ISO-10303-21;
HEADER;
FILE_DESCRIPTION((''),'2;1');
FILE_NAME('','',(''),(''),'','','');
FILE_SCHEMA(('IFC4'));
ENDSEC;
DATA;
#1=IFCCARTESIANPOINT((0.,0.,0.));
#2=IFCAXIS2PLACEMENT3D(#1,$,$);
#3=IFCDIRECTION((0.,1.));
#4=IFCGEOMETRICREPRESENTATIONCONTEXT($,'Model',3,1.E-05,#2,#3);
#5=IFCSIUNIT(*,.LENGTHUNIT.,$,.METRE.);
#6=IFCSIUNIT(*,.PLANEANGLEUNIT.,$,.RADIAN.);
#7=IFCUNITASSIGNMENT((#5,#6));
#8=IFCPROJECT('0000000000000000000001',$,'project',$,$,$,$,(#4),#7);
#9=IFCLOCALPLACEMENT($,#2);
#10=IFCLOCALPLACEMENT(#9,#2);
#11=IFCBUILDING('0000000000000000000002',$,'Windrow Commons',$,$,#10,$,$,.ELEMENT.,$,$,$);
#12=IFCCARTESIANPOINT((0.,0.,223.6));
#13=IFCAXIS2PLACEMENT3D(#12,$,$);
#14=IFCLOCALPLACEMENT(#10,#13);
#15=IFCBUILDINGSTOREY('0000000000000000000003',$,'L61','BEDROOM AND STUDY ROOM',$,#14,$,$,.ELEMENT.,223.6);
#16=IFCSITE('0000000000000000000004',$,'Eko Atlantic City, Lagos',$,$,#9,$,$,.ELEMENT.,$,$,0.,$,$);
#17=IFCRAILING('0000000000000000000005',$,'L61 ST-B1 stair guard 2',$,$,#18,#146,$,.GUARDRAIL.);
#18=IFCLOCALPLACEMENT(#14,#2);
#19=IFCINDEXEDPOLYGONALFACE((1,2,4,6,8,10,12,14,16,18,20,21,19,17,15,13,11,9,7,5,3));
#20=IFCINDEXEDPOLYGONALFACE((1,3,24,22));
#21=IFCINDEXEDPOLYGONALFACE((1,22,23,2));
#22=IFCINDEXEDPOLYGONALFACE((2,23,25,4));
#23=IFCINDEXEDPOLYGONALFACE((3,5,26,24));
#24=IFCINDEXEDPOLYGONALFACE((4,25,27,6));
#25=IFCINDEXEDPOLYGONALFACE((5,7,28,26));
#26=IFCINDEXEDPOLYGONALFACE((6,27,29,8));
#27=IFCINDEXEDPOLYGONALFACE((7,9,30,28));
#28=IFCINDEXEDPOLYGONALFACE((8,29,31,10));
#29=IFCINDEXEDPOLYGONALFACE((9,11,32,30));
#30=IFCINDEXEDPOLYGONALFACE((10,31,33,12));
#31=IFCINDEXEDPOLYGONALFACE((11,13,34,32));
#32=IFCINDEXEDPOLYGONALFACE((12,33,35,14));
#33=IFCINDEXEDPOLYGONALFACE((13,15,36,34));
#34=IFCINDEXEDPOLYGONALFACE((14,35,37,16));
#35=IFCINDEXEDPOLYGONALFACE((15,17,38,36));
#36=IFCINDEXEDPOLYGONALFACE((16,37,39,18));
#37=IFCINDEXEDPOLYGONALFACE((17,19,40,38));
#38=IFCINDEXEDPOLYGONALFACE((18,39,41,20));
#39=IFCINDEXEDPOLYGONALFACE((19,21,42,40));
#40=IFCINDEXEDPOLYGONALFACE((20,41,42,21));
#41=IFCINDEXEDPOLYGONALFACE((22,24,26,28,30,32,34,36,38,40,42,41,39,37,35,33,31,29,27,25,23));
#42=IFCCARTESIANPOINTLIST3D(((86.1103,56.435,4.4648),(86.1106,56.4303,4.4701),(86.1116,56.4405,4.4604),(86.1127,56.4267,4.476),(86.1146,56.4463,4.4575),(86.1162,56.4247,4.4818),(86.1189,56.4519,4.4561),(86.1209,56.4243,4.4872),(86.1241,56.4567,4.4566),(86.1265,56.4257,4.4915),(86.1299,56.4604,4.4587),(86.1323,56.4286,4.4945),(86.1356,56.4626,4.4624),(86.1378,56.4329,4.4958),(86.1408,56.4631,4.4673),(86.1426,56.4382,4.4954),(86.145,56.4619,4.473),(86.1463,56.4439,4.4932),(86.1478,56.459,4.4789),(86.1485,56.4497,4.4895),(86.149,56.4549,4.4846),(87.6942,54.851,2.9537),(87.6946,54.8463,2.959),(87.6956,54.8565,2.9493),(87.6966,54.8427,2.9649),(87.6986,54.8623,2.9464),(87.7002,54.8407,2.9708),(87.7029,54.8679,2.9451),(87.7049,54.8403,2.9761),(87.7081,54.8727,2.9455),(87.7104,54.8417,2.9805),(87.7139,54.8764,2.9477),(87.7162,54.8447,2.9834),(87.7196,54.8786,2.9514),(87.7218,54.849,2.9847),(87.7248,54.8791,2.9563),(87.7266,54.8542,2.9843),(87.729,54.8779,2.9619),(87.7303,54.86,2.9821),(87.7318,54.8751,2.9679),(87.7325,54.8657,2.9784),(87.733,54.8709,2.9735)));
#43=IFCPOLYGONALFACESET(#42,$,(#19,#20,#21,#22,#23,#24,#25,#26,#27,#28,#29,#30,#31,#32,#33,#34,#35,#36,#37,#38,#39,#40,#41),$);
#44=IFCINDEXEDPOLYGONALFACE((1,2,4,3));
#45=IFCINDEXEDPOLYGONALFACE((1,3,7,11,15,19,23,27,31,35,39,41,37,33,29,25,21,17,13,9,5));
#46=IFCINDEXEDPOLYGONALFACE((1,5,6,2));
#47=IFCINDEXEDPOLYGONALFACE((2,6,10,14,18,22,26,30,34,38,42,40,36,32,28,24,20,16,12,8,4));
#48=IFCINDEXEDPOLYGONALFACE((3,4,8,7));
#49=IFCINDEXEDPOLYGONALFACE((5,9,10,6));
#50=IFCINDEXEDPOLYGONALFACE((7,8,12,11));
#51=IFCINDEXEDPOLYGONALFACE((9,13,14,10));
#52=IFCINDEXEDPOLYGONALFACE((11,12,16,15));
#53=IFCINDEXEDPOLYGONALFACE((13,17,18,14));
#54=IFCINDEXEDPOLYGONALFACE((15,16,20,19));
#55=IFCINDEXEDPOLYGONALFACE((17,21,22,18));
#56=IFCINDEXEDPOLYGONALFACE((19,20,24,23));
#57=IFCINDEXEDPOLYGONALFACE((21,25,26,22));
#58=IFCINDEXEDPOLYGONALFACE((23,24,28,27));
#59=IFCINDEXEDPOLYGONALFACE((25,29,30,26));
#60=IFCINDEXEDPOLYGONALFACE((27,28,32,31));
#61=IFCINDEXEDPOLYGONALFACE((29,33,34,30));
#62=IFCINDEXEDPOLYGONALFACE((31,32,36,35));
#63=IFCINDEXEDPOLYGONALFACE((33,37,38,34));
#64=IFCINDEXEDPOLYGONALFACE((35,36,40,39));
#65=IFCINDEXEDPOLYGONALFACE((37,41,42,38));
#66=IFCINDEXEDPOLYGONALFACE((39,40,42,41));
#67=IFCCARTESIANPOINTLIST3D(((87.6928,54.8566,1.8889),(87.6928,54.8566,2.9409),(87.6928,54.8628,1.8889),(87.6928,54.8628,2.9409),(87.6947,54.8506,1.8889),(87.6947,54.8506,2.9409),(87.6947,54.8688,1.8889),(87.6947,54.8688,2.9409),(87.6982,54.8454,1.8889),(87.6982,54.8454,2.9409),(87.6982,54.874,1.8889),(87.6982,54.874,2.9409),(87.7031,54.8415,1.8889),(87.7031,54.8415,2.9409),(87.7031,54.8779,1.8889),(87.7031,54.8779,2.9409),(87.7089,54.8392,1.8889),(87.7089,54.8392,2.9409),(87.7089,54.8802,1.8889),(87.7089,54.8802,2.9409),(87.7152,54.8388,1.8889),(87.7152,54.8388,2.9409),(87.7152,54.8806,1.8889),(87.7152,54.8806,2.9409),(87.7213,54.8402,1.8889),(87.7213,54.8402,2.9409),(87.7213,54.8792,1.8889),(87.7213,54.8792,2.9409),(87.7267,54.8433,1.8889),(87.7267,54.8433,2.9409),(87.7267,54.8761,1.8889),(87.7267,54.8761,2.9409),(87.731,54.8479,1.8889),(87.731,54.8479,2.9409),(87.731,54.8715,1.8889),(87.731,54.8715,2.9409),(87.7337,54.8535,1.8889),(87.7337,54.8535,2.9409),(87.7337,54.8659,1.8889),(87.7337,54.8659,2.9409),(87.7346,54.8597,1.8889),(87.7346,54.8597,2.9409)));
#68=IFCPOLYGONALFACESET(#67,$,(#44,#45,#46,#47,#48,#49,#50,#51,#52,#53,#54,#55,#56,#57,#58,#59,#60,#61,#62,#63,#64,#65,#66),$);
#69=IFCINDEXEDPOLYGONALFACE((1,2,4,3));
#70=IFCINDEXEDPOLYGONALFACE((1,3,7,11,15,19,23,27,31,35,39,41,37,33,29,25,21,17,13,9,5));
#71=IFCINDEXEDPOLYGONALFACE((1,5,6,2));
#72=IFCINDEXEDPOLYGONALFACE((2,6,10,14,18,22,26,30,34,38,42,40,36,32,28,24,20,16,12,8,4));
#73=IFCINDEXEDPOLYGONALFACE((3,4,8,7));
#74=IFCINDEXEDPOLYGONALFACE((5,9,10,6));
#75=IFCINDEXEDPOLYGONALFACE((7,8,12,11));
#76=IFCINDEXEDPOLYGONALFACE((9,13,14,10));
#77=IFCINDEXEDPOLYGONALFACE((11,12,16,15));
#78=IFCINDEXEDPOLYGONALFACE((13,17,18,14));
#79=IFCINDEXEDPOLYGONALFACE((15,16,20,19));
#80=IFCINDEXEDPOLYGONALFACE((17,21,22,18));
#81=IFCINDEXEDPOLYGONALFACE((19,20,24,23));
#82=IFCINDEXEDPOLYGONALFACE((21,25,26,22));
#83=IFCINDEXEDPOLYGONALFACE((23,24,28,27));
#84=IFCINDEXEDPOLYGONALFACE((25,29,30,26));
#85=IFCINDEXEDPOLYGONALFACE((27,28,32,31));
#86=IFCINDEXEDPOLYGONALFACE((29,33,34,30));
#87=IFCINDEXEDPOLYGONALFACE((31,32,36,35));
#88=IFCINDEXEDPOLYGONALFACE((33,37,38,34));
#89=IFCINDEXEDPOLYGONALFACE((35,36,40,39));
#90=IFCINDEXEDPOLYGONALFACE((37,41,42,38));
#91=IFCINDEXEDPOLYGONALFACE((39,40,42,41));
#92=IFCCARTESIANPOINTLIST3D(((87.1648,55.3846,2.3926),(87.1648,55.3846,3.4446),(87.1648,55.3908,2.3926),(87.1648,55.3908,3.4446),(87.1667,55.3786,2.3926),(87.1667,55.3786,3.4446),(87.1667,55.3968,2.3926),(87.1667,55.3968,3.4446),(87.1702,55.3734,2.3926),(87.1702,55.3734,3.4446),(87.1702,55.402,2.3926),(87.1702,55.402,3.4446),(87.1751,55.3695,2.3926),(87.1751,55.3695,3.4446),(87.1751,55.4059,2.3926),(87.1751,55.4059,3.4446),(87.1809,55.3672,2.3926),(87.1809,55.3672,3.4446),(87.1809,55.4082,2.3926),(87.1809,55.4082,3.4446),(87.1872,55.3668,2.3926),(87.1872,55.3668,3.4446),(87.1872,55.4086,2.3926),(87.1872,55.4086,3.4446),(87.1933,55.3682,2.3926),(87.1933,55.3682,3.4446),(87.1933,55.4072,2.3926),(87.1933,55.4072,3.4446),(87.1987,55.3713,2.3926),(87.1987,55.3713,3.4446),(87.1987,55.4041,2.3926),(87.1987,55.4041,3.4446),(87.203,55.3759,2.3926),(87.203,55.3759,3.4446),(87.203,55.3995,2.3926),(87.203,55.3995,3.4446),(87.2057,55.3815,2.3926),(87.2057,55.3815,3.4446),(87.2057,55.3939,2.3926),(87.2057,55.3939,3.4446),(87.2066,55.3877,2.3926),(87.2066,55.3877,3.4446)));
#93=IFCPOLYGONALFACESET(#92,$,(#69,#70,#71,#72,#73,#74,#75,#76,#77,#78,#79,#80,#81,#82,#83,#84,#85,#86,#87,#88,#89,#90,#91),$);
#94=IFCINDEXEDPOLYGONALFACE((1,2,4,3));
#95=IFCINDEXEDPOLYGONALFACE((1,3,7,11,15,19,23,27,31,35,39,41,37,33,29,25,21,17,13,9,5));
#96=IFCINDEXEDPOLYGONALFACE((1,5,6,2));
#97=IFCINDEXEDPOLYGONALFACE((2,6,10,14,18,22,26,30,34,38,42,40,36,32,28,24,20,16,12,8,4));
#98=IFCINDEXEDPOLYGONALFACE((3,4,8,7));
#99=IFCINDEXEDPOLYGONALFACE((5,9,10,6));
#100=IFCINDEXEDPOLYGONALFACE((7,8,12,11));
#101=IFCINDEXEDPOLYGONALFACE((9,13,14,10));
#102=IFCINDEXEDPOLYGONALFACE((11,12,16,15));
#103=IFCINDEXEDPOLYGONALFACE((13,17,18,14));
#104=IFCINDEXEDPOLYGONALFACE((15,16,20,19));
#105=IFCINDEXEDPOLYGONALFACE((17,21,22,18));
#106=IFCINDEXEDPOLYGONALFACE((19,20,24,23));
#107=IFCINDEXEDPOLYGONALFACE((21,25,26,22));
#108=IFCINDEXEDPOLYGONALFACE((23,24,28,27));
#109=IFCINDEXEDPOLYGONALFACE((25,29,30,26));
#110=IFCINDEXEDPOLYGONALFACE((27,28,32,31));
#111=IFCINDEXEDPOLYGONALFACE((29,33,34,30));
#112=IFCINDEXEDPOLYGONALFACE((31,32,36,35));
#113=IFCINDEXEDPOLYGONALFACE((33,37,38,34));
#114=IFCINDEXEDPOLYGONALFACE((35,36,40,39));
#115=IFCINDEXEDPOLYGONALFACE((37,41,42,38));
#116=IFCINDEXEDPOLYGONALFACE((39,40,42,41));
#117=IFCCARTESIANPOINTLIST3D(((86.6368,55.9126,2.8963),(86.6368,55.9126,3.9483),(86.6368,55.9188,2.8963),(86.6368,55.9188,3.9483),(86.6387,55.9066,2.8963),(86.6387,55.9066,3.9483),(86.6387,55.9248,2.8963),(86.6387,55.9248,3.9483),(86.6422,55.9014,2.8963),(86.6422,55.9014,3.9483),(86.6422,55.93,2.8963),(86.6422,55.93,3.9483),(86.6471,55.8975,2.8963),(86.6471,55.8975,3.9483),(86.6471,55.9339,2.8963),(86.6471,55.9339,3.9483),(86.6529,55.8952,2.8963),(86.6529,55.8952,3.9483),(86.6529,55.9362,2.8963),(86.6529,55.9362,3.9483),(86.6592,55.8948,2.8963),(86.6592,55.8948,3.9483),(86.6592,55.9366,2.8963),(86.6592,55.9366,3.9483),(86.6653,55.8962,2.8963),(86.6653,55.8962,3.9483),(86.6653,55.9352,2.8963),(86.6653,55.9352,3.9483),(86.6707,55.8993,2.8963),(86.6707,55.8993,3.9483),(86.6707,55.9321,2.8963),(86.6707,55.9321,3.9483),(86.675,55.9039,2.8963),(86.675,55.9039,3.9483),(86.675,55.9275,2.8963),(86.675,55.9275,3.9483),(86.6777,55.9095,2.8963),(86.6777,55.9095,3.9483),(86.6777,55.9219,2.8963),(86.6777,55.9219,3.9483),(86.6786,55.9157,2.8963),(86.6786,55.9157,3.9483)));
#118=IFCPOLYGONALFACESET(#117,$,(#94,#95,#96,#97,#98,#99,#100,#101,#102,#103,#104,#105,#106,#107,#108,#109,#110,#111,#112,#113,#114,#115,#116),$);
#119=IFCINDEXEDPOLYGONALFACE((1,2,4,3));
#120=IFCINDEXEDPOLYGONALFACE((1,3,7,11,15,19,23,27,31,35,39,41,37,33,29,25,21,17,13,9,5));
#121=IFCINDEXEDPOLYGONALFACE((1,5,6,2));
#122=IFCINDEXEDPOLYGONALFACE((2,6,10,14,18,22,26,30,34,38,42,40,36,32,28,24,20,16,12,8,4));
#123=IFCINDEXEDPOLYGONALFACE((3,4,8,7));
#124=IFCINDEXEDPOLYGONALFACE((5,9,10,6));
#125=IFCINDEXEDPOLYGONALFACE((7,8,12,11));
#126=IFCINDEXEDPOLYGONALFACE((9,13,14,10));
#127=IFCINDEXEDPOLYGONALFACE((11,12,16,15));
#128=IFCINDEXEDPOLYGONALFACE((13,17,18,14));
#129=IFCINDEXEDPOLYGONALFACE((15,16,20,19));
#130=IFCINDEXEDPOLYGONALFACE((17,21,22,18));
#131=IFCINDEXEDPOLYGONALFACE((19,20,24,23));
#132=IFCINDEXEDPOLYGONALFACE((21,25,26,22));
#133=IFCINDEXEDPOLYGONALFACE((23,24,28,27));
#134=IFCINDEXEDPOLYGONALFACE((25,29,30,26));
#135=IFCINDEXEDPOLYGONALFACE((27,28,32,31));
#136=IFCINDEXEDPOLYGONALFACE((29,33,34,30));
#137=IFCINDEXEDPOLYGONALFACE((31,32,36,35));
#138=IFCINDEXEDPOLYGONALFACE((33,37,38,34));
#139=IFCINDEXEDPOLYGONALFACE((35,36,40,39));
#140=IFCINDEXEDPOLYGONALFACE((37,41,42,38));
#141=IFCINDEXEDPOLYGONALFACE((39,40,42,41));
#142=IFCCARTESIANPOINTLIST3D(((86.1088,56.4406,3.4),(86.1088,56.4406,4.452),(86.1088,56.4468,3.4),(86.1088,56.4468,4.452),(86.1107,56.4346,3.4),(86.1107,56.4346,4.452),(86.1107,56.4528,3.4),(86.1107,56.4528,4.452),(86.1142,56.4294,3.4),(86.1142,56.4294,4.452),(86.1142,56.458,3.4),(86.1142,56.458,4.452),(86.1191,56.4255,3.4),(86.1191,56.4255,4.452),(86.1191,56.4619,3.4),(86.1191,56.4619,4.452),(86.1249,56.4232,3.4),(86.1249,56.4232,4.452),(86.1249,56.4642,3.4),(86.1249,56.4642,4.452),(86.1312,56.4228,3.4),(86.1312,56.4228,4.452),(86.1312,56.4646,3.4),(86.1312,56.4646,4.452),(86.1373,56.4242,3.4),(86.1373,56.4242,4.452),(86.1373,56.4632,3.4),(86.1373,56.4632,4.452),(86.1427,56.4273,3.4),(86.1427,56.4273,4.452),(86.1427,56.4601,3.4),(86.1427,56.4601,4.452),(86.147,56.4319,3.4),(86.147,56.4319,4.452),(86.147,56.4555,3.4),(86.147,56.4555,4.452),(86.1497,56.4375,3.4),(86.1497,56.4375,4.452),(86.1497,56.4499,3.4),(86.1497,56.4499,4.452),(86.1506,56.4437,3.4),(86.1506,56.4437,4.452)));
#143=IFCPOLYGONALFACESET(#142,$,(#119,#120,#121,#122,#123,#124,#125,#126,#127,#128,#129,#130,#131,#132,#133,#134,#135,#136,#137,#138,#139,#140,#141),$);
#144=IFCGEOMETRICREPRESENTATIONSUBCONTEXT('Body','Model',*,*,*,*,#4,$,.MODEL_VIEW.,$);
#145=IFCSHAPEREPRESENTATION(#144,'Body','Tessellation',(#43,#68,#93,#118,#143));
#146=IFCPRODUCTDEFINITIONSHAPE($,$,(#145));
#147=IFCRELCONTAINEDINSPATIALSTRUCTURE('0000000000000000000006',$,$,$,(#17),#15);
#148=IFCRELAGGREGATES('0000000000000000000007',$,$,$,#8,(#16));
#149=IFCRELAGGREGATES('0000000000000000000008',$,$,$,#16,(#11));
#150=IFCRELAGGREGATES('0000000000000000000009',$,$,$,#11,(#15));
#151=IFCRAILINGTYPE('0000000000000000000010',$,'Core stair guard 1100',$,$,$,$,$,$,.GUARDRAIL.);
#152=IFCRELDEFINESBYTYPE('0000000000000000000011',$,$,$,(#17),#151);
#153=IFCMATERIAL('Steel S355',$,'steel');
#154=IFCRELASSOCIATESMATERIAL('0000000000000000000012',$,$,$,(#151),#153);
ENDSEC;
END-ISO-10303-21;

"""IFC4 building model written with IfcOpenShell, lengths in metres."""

from ifc_helpers import new_model, si_unit, direction, frame, origin, origin_2d, place, context, subcontext, project, spatial, circle, extrude, material, type_object, element, save


model = new_model("IFC4")

# Units and contexts
model_context = context("Model", 3, precision=1e-05, world=origin(), true_north=direction((0.0, 1.0)))
body_context = subcontext(model_context, "Body", "Model", "MODEL_VIEW")
ifc_project = project(units=[si_unit("LENGTHUNIT", "METRE"), si_unit("PLANEANGLEUNIT", "RADIAN")], contexts=[model_context])

# Site, building, storey
site_placement = place(None, origin())
site = spatial("IfcSite", under=ifc_project, at=site_placement, Name="Eko Atlantic City, Lagos", CompositionType="ELEMENT", RefElevation=0.0)
building_placement = place(site_placement, origin())
building = spatial("IfcBuilding", under=site, at=building_placement, Name="Windrow Commons", CompositionType="ELEMENT")
storey_placement = place(building_placement, frame((0.0, 0.0, 223.6)))
storey = spatial("IfcBuildingStorey", under=building, at=storey_placement, Name="L61", Description="BEDROOM AND STUDY ROOM", CompositionType="ELEMENT", Elevation=223.6)

# Railing
ifc_material_1 = material(Name="Steel S355", Category="steel")
railing_type_1 = type_object("IfcRailingType", Name="Core stair guard 1100", PredefinedType="GUARDRAIL", material=ifc_material_1)
railing_1_placement = place(storey_placement, frame((87.7136, 54.8597, 1.8889)))
element("IfcRailing", 1, at=railing_1_placement, inside=storey, type_object=railing_type_1, Name="L61 ST-B1 stair guard 2", PredefinedType="GUARDRAIL", context=body_context, shape_type="SweptSolid", body=[
    extrude(circle(Radius=0.024, at=origin_2d()), frame((0.0, 0.0, 1.076), z_axis=(-0.586203, 0.586203, 0.559224), x_axis=(-0.707107, -0.707107, 0.0)), (0.0, 0.0, 1.0), 2.7021),
    extrude(circle(Radius=0.021, at=origin_2d()), origin(), (0.0, 0.0, 1.0), 1.052),
    extrude(circle(Radius=0.021, at=origin_2d()), frame((-0.528, 0.528, 0.5037)), (0.0, 0.0, 1.0), 1.052),
    extrude(circle(Radius=0.021, at=origin_2d()), frame((-1.056, 1.056, 1.0074)), (0.0, 0.0, 1.0), 1.052),
    extrude(circle(Radius=0.021, at=origin_2d()), frame((-1.584, 1.584, 1.5111)), (0.0, 0.0, 1.0), 1.052),
])

save(model, "model.ifc")
